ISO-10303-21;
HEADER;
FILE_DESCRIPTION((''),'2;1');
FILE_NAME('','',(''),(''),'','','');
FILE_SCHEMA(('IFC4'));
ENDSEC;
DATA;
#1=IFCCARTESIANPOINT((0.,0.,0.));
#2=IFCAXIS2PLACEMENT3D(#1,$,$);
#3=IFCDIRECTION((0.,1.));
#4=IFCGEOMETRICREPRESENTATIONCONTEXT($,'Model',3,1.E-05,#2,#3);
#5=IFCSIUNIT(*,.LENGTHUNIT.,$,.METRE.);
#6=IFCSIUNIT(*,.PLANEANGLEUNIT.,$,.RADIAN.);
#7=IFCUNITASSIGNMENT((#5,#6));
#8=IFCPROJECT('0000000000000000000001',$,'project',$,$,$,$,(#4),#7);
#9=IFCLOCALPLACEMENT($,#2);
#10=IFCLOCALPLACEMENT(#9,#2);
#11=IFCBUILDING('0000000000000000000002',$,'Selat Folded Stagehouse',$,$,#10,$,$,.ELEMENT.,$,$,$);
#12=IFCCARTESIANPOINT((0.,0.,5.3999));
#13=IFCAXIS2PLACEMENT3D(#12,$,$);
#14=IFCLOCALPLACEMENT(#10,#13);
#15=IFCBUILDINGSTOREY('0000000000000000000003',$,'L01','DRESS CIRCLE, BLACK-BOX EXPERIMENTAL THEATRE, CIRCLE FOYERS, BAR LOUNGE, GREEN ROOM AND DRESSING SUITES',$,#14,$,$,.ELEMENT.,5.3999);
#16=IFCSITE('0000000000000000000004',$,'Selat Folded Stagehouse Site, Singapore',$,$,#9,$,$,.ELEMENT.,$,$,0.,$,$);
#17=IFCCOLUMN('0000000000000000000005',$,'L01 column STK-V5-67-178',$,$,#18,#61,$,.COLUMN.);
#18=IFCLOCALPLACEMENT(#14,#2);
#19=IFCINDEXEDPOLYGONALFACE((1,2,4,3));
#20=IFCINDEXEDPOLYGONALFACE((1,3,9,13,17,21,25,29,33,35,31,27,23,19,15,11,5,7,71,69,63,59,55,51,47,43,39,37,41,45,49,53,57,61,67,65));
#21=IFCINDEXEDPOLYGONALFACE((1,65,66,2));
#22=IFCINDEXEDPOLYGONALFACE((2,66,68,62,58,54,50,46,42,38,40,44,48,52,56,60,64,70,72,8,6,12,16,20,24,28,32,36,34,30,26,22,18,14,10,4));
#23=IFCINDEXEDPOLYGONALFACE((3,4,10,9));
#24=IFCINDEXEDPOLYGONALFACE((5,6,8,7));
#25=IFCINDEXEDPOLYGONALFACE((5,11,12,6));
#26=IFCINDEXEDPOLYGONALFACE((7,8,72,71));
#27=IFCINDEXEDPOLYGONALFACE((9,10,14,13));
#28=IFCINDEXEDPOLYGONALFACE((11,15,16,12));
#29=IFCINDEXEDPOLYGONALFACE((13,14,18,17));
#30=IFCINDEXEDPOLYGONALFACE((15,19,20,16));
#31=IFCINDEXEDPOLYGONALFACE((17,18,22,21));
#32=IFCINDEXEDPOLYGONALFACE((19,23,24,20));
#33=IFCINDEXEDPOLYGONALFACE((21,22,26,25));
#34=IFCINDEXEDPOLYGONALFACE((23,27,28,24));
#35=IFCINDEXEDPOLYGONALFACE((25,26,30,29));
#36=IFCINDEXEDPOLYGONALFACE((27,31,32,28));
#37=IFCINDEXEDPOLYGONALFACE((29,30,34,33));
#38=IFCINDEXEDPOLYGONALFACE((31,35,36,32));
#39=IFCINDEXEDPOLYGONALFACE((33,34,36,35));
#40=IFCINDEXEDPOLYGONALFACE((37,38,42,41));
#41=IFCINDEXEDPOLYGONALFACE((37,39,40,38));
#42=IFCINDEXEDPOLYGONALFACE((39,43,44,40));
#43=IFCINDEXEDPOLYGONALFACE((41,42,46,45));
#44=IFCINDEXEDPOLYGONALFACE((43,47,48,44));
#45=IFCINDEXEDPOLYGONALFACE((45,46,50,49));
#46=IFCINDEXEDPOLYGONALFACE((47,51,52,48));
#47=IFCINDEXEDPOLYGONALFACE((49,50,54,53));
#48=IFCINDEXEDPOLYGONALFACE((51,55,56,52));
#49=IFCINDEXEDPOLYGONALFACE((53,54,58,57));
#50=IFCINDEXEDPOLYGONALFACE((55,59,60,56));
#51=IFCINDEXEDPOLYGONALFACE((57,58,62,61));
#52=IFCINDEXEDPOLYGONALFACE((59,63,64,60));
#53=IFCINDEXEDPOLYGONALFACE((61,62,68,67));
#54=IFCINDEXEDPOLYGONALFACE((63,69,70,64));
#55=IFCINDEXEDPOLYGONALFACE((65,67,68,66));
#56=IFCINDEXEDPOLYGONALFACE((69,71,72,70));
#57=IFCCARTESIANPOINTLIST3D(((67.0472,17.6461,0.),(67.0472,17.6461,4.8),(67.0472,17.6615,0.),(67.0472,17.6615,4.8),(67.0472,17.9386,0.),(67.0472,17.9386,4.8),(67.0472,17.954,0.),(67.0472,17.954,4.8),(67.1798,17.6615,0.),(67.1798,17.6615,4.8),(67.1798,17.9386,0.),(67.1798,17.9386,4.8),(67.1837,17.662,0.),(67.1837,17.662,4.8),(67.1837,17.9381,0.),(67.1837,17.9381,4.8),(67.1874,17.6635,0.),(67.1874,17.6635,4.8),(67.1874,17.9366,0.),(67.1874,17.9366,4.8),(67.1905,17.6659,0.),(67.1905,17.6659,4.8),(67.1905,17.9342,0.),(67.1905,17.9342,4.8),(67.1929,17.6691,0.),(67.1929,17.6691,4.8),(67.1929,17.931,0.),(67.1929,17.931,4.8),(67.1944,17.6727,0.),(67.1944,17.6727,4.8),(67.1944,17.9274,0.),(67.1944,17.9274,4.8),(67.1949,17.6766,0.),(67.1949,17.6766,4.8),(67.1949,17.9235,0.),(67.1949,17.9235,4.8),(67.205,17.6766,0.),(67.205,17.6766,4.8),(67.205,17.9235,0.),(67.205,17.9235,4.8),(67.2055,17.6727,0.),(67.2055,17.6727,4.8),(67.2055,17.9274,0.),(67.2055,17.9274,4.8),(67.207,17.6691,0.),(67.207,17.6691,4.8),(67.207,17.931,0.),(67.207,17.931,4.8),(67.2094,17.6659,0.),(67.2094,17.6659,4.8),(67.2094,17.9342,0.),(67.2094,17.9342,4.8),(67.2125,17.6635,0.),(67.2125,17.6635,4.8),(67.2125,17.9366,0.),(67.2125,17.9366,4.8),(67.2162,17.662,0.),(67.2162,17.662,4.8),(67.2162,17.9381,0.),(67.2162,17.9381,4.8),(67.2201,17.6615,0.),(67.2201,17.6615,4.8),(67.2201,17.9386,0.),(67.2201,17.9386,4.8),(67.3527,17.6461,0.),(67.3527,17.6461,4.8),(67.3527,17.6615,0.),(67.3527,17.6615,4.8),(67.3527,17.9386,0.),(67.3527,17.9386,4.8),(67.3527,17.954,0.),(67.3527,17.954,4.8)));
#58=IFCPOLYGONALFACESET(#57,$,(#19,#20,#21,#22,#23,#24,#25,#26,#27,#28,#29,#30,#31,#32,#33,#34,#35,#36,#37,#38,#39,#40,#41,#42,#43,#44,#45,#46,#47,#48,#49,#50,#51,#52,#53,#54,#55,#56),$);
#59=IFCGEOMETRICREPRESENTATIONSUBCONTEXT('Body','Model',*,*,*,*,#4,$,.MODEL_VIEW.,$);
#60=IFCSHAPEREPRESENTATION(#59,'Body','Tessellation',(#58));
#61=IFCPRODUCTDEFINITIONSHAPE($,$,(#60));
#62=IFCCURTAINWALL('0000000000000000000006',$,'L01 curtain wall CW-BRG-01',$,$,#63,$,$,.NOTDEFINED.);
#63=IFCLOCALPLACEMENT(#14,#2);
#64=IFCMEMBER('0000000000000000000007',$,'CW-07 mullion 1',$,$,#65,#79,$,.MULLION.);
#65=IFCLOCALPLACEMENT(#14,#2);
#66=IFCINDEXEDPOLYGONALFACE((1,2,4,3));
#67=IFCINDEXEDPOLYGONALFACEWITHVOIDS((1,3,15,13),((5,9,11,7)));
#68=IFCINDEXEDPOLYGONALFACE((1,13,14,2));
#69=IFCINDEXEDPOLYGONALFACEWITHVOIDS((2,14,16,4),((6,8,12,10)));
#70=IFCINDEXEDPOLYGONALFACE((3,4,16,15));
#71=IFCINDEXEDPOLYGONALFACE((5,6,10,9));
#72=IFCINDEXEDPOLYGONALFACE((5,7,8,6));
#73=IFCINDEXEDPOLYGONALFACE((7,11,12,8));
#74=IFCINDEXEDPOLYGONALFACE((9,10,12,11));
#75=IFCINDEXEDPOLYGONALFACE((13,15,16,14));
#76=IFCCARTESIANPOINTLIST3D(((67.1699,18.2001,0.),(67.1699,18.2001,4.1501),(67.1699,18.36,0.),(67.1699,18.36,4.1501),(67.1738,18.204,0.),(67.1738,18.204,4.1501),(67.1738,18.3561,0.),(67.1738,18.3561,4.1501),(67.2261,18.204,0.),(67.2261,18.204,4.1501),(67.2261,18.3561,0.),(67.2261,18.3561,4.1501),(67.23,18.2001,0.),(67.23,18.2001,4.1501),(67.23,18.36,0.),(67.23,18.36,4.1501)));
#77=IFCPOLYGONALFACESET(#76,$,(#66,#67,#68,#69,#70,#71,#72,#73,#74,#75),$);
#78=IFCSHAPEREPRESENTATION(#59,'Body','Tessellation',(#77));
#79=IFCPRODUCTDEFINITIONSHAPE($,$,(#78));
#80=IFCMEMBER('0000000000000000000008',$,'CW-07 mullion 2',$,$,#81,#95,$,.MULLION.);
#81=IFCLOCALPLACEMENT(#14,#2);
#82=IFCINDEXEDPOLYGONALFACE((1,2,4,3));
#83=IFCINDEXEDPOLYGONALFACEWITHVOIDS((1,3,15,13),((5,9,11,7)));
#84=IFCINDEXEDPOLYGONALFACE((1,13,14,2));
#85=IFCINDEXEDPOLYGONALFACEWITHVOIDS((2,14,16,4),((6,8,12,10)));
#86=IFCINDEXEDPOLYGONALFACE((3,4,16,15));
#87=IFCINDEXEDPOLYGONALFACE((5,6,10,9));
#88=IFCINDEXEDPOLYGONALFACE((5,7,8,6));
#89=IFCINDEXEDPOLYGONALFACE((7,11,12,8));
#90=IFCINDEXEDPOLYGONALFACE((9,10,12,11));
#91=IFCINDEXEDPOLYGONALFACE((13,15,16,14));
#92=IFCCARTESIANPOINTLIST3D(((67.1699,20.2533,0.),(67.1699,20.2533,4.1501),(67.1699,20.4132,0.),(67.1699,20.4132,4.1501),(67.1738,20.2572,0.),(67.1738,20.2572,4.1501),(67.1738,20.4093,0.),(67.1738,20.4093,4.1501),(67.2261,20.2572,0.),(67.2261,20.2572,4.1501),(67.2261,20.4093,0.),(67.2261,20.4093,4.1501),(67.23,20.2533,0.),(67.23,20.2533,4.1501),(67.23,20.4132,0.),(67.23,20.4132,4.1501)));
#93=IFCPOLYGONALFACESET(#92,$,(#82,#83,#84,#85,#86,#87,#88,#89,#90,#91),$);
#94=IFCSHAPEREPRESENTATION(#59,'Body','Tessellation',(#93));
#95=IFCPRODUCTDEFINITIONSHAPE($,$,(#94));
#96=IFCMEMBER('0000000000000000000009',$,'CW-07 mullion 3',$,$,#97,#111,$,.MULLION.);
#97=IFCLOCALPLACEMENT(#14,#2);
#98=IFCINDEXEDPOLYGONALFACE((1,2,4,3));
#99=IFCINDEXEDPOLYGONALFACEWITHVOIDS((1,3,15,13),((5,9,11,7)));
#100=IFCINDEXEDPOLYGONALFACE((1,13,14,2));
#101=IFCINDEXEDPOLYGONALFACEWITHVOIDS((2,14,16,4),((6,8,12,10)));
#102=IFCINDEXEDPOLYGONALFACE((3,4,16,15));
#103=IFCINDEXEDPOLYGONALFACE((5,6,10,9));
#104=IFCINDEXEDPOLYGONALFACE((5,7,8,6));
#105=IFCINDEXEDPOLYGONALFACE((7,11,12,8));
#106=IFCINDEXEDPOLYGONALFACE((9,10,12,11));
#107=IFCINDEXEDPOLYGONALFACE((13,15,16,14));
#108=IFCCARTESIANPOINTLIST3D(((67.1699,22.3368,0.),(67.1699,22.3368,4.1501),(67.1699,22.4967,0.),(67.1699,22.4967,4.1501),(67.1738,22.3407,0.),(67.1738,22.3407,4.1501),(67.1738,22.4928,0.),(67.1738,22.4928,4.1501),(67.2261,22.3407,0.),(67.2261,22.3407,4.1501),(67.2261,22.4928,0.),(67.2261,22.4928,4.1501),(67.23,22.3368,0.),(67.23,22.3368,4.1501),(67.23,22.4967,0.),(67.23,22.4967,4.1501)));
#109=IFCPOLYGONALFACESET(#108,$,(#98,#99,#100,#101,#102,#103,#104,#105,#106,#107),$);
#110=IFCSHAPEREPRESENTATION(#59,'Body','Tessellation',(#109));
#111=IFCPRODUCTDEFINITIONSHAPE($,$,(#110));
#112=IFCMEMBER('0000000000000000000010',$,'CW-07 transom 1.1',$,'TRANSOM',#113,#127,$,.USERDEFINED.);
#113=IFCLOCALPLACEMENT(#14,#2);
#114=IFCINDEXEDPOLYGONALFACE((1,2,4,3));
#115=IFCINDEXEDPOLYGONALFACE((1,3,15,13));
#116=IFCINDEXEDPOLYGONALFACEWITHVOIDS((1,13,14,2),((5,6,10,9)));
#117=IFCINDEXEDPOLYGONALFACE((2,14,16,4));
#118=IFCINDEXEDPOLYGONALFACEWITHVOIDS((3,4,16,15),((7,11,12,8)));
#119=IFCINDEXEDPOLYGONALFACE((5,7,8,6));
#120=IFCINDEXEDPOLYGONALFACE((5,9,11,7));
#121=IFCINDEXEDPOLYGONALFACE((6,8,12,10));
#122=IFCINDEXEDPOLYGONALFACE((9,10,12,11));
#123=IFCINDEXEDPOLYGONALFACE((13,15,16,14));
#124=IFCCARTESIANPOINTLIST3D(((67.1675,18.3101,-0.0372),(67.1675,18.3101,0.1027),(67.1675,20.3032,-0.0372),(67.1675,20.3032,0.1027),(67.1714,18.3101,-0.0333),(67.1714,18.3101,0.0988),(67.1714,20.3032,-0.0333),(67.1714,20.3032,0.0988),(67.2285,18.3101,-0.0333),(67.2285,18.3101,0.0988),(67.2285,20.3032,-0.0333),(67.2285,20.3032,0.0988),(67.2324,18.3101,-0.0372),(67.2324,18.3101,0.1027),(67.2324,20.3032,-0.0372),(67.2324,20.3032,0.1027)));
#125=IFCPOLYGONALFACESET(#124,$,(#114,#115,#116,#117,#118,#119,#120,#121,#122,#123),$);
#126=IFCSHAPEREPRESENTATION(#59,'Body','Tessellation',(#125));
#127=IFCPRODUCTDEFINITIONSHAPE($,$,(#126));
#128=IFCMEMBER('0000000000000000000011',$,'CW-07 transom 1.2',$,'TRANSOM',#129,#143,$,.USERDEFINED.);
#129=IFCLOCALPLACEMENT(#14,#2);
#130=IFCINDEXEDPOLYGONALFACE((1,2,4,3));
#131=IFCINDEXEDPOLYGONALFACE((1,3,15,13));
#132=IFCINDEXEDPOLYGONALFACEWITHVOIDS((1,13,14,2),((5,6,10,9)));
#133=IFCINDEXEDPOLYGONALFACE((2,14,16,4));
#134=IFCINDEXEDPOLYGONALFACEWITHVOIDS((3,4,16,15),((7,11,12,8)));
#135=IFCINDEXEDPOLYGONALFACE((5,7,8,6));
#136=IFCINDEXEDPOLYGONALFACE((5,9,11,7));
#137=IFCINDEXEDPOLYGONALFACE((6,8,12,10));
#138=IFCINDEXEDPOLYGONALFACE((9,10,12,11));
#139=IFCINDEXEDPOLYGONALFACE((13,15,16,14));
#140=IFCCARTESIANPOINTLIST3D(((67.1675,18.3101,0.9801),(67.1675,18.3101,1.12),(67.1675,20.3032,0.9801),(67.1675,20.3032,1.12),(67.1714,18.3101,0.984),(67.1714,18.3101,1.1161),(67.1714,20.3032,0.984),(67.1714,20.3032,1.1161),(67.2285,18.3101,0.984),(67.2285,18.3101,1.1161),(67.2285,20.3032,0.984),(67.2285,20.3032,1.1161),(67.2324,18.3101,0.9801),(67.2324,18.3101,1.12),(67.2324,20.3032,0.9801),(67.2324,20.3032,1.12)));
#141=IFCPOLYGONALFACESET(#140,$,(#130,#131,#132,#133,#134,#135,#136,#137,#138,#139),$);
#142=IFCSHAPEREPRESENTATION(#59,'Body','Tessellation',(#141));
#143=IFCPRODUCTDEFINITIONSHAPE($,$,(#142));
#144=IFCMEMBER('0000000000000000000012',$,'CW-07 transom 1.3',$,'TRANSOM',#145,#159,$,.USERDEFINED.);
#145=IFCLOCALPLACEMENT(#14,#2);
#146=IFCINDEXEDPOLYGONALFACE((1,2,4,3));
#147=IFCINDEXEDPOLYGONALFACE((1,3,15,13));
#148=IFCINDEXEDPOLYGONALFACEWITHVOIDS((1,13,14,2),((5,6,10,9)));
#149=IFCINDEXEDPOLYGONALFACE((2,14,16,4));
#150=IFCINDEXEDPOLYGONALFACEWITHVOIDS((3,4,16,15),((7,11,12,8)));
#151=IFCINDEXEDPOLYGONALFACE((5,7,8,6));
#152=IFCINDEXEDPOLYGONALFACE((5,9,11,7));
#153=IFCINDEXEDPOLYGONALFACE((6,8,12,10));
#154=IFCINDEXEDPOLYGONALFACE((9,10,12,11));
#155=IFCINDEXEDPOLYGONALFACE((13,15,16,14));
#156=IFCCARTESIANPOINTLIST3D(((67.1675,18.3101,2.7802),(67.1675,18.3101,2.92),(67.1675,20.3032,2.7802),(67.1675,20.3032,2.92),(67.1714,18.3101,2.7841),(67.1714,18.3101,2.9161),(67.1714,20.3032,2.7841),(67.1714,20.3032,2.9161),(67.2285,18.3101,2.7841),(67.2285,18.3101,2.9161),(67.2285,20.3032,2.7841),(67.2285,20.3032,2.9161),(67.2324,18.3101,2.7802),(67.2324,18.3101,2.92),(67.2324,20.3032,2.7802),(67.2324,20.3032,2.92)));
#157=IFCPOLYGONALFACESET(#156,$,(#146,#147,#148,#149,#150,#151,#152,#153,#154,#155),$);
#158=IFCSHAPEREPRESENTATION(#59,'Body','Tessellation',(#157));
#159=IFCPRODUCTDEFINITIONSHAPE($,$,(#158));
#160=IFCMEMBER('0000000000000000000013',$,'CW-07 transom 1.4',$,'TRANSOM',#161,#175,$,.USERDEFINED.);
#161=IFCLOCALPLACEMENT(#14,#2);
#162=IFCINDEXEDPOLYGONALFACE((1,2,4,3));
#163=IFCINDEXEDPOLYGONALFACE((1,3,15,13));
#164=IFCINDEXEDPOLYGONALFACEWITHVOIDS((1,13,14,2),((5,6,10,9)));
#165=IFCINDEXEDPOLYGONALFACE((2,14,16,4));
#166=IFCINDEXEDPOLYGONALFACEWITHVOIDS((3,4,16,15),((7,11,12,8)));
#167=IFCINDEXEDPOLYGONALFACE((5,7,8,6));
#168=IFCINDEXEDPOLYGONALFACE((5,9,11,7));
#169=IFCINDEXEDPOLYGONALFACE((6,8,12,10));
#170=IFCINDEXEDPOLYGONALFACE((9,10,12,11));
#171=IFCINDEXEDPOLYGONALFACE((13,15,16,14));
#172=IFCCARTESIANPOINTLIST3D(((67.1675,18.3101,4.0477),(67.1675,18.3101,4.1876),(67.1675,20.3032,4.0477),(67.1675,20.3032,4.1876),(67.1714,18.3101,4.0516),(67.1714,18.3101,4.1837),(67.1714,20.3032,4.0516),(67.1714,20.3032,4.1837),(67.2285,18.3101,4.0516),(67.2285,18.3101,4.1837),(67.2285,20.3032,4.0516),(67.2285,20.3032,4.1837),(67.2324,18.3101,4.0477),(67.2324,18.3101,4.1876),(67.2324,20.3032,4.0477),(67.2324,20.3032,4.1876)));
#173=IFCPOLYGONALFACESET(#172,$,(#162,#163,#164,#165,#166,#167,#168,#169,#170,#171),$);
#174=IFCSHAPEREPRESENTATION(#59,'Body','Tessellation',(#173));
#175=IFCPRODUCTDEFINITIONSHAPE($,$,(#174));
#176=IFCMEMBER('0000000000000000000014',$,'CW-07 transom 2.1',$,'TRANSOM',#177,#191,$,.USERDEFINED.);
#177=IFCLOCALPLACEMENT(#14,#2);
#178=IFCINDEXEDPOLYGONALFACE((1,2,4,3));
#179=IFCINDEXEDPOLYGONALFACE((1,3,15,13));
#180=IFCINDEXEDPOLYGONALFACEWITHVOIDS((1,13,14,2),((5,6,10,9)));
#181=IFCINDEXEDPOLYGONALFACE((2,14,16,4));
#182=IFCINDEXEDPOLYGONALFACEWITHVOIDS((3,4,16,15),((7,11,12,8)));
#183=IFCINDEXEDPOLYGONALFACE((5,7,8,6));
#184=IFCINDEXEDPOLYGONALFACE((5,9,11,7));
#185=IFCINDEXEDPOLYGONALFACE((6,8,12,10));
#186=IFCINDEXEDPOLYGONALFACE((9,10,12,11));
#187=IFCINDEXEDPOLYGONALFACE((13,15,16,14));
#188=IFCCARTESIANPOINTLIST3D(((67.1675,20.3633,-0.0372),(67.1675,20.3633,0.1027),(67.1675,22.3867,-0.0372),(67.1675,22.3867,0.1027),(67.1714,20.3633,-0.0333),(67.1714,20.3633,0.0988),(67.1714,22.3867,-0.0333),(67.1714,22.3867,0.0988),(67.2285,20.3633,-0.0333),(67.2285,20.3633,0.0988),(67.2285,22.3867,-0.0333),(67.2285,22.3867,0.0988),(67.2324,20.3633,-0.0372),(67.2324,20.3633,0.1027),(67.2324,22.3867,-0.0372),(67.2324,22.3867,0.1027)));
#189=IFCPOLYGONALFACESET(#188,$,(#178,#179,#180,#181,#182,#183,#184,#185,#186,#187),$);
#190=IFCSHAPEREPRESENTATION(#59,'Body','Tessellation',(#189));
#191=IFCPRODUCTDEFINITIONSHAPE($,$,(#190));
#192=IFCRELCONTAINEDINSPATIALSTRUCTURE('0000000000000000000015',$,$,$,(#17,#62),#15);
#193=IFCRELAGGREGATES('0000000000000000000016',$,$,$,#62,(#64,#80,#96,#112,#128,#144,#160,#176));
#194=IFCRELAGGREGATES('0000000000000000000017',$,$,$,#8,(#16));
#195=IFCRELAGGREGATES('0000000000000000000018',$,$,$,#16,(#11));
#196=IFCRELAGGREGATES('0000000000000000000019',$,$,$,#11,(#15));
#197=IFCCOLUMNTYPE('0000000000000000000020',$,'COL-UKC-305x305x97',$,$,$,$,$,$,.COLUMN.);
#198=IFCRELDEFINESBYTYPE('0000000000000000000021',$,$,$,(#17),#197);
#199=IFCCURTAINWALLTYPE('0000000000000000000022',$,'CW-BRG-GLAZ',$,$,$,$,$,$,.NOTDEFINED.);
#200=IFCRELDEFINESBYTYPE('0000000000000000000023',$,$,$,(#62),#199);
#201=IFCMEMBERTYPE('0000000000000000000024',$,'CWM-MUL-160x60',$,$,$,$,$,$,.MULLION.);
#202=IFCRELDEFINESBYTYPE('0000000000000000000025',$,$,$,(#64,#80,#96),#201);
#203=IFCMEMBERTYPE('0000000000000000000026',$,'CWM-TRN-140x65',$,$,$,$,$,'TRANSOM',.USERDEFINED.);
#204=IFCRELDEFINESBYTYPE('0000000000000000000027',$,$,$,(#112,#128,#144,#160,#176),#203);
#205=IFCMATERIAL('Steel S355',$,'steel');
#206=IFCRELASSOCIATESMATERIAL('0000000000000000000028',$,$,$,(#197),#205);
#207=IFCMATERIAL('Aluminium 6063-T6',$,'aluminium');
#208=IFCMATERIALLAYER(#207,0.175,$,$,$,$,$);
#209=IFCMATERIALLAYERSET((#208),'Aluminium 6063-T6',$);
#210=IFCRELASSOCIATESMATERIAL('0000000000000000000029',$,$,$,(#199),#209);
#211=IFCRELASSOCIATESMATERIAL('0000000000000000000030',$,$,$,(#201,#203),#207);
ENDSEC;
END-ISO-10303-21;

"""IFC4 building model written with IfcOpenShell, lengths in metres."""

from ifc_helpers import new_model, si_unit, direction, frame, origin, origin_2d, place, context, subcontext, project, spatial, hollow_rectangle, i_section, extrude, material, layer, layer_set, material_profile, profile_set, type_object, element, aggregate, save


model = new_model("IFC4")

# Units and contexts
model_context = context("Model", 3, precision=1e-05, world=origin(), true_north=direction((0.0, 1.0)))
body_context = subcontext(model_context, "Body", "Model", "MODEL_VIEW")
ifc_project = project(units=[si_unit("LENGTHUNIT", "METRE"), si_unit("PLANEANGLEUNIT", "RADIAN")], contexts=[model_context])

# Site, building, storey
site_placement = place(None, origin())
site = spatial("IfcSite", under=ifc_project, at=site_placement, Name="Selat Folded Stagehouse Site, Singapore", CompositionType="ELEMENT", RefElevation=0.0)
building_placement = place(site_placement, origin())
building = spatial("IfcBuilding", under=site, at=building_placement, Name="Selat Folded Stagehouse", CompositionType="ELEMENT")
storey_placement = place(building_placement, frame((0.0, 0.0, 5.3999)))
storey = spatial("IfcBuildingStorey", under=building, at=storey_placement, Name="L01", Description="DRESS CIRCLE, BLACK-BOX EXPERIMENTAL THEATRE, CIRCLE FOYERS, BAR LOUNGE, GREEN ROOM AND DRESSING SUITES", CompositionType="ELEMENT", Elevation=5.3999)

# Column
ifc_material_1 = material(Name="Steel S355", Category="steel")
ifc_material_profile_1 = material_profile(ifc_material_1, i_section(OverallWidth=0.3054, OverallDepth=0.3079, WebThickness=0.01, FlangeThickness=0.0154, FilletRadius=0.0151, at=origin_2d()), Name="UKC 305x305x97")
ifc_profile_set_1 = profile_set([ifc_material_profile_1], Name="Steel S355")
column_type = type_object("IfcColumnType", Name="COL-UKC-305x305x97", PredefinedType="COLUMN", material=ifc_profile_set_1)
column_placement = place(storey_placement, frame((67.2, 17.8, 0.0), z_axis=(0.0, 0.0, 1.0), x_axis=(1.0, 0.0, 0.0)))
element("IfcColumn", 1, at=column_placement, inside=storey, type_object=column_type, Name="L01 column STK-V5-67-178", PredefinedType="COLUMN", context=body_context, shape_type="SweptSolid", body=[
    extrude(i_section(OverallWidth=0.3054, OverallDepth=0.3079, WebThickness=0.01, FlangeThickness=0.0154, FilletRadius=0.0151, at=origin_2d()), origin(), (0.0, 0.0, 1.0), 4.8),
])

# Curtain wall, members
ifc_material_2 = material(Name="Aluminium 6063-T6", Category="aluminium")
ifc_layer_1 = layer(ifc_material_2, 0.175)
ifc_layer_set_1 = layer_set([ifc_layer_1], Name="Aluminium 6063-T6")
curtain_wall_type = type_object("IfcCurtainWallType", Name="CW-BRG-GLAZ", PredefinedType="NOTDEFINED", material=ifc_layer_set_1)
curtain_wall_placement = place(storey_placement, origin())
curtain_wall = element("IfcCurtainWall", 2, at=curtain_wall_placement, inside=storey, type_object=curtain_wall_type, Name="L01 curtain wall CW-BRG-01", PredefinedType="NOTDEFINED")
ifc_material_profile_2 = material_profile(ifc_material_2, hollow_rectangle(XDim=0.0601, YDim=0.1599, WallThickness=0.0039, at=origin_2d()), Name="ALU 160x60x4.0")
ifc_profile_set_2 = profile_set([ifc_material_profile_2], Name="Aluminium 6063-T6")
member_type_1 = type_object("IfcMemberType", Name="CWM-MUL-160x60", PredefinedType="MULLION", material=ifc_profile_set_2)
member_1_placement = place(storey_placement, frame((67.2, 18.28, 0.0), z_axis=(0.0, 0.0, 1.0), x_axis=(-1.0, 0.0, 0.0)))
member_1 = element("IfcMember", 3, at=member_1_placement, type_object=member_type_1, Name="CW-07 mullion 1", PredefinedType="MULLION", context=body_context, shape_type="SweptSolid", body=[
    extrude(hollow_rectangle(XDim=0.0601, YDim=0.1599, WallThickness=0.0039, at=origin_2d()), origin(), (0.0, 0.0, 1.0), 4.1501),
])
member_2_placement = place(storey_placement, frame((67.2, 20.3333, 0.0), z_axis=(0.0, 0.0, 1.0), x_axis=(-1.0, 0.0, 0.0)))
member_2 = element("IfcMember", 4, at=member_2_placement, type_object=member_type_1, Name="CW-07 mullion 2", PredefinedType="MULLION", context=body_context, shape_type="SweptSolid", body=[
    extrude(hollow_rectangle(XDim=0.0601, YDim=0.1599, WallThickness=0.0039, at=origin_2d()), origin(), (0.0, 0.0, 1.0), 4.1501),
])
member_3_placement = place(storey_placement, frame((67.2, 22.4167, 0.0), z_axis=(0.0, 0.0, 1.0), x_axis=(-1.0, 0.0, 0.0)))
member_3 = element("IfcMember", 5, at=member_3_placement, type_object=member_type_1, Name="CW-07 mullion 3", PredefinedType="MULLION", context=body_context, shape_type="SweptSolid", body=[
    extrude(hollow_rectangle(XDim=0.0601, YDim=0.1599, WallThickness=0.0039, at=origin_2d()), origin(), (0.0, 0.0, 1.0), 4.1501),
])
ifc_material_profile_3 = material_profile(ifc_material_2, hollow_rectangle(XDim=0.0649, YDim=0.1399, WallThickness=0.0039, at=origin_2d()), Name="ALU 140x65x4.0")
ifc_profile_set_3 = profile_set([ifc_material_profile_3], Name="Aluminium 6063-T6")
member_type_2 = type_object("IfcMemberType", Name="CWM-TRN-140x65", ElementType="TRANSOM", PredefinedType="USERDEFINED", material=ifc_profile_set_3)
member_4_placement = place(storey_placement, frame((67.2, 18.3101, 0.0327), z_axis=(0.0, 1.0, 0.0), x_axis=(-1.0, 0.0, 0.0)))
member_4 = element("IfcMember", 6, at=member_4_placement, type_object=member_type_2, Name="CW-07 transom 1.1", ObjectType="TRANSOM", PredefinedType="USERDEFINED", context=body_context, shape_type="SweptSolid", body=[
    extrude(hollow_rectangle(XDim=0.0649, YDim=0.1399, WallThickness=0.0039, at=origin_2d()), origin(), (0.0, 0.0, 1.0), 1.9932),
])
member_5_placement = place(storey_placement, frame((67.2, 18.3101, 1.05), z_axis=(0.0, 1.0, 0.0), x_axis=(-1.0, 0.0, 0.0)))
member_5 = element("IfcMember", 7, at=member_5_placement, type_object=member_type_2, Name="CW-07 transom 1.2", ObjectType="TRANSOM", PredefinedType="USERDEFINED", context=body_context, shape_type="SweptSolid", body=[
    extrude(hollow_rectangle(XDim=0.0649, YDim=0.1399, WallThickness=0.0039, at=origin_2d()), origin(), (0.0, 0.0, 1.0), 1.9932),
])
member_6_placement = place(storey_placement, frame((67.2, 18.3101, 2.8501), z_axis=(0.0, 1.0, 0.0), x_axis=(-1.0, 0.0, 0.0)))
member_6 = element("IfcMember", 8, at=member_6_placement, type_object=member_type_2, Name="CW-07 transom 1.3", ObjectType="TRANSOM", PredefinedType="USERDEFINED", context=body_context, shape_type="SweptSolid", body=[
    extrude(hollow_rectangle(XDim=0.0649, YDim=0.1399, WallThickness=0.0039, at=origin_2d()), origin(), (0.0, 0.0, 1.0), 1.9932),
])
member_7_placement = place(storey_placement, frame((67.2, 18.3101, 4.1177), z_axis=(0.0, 1.0, 0.0), x_axis=(-1.0, 0.0, 0.0)))
member_7 = element("IfcMember", 9, at=member_7_placement, type_object=member_type_2, Name="CW-07 transom 1.4", ObjectType="TRANSOM", PredefinedType="USERDEFINED", context=body_context, shape_type="SweptSolid", body=[
    extrude(hollow_rectangle(XDim=0.0649, YDim=0.1399, WallThickness=0.0039, at=origin_2d()), origin(), (0.0, 0.0, 1.0), 1.9932),
])
member_8_placement = place(storey_placement, frame((67.2, 20.3633, 0.0327), z_axis=(0.0, 1.0, 0.0), x_axis=(-1.0, 0.0, 0.0)))
member_8 = element("IfcMember", 10, at=member_8_placement, type_object=member_type_2, Name="CW-07 transom 2.1", ObjectType="TRANSOM", PredefinedType="USERDEFINED", context=body_context, shape_type="SweptSolid", body=[
    extrude(hollow_rectangle(XDim=0.0649, YDim=0.1399, WallThickness=0.0039, at=origin_2d()), origin(), (0.0, 0.0, 1.0), 2.0234),
])
aggregate(curtain_wall, [member_1, member_2, member_3, member_4, member_5, member_6, member_7, member_8])

save(model, "model.ifc")
